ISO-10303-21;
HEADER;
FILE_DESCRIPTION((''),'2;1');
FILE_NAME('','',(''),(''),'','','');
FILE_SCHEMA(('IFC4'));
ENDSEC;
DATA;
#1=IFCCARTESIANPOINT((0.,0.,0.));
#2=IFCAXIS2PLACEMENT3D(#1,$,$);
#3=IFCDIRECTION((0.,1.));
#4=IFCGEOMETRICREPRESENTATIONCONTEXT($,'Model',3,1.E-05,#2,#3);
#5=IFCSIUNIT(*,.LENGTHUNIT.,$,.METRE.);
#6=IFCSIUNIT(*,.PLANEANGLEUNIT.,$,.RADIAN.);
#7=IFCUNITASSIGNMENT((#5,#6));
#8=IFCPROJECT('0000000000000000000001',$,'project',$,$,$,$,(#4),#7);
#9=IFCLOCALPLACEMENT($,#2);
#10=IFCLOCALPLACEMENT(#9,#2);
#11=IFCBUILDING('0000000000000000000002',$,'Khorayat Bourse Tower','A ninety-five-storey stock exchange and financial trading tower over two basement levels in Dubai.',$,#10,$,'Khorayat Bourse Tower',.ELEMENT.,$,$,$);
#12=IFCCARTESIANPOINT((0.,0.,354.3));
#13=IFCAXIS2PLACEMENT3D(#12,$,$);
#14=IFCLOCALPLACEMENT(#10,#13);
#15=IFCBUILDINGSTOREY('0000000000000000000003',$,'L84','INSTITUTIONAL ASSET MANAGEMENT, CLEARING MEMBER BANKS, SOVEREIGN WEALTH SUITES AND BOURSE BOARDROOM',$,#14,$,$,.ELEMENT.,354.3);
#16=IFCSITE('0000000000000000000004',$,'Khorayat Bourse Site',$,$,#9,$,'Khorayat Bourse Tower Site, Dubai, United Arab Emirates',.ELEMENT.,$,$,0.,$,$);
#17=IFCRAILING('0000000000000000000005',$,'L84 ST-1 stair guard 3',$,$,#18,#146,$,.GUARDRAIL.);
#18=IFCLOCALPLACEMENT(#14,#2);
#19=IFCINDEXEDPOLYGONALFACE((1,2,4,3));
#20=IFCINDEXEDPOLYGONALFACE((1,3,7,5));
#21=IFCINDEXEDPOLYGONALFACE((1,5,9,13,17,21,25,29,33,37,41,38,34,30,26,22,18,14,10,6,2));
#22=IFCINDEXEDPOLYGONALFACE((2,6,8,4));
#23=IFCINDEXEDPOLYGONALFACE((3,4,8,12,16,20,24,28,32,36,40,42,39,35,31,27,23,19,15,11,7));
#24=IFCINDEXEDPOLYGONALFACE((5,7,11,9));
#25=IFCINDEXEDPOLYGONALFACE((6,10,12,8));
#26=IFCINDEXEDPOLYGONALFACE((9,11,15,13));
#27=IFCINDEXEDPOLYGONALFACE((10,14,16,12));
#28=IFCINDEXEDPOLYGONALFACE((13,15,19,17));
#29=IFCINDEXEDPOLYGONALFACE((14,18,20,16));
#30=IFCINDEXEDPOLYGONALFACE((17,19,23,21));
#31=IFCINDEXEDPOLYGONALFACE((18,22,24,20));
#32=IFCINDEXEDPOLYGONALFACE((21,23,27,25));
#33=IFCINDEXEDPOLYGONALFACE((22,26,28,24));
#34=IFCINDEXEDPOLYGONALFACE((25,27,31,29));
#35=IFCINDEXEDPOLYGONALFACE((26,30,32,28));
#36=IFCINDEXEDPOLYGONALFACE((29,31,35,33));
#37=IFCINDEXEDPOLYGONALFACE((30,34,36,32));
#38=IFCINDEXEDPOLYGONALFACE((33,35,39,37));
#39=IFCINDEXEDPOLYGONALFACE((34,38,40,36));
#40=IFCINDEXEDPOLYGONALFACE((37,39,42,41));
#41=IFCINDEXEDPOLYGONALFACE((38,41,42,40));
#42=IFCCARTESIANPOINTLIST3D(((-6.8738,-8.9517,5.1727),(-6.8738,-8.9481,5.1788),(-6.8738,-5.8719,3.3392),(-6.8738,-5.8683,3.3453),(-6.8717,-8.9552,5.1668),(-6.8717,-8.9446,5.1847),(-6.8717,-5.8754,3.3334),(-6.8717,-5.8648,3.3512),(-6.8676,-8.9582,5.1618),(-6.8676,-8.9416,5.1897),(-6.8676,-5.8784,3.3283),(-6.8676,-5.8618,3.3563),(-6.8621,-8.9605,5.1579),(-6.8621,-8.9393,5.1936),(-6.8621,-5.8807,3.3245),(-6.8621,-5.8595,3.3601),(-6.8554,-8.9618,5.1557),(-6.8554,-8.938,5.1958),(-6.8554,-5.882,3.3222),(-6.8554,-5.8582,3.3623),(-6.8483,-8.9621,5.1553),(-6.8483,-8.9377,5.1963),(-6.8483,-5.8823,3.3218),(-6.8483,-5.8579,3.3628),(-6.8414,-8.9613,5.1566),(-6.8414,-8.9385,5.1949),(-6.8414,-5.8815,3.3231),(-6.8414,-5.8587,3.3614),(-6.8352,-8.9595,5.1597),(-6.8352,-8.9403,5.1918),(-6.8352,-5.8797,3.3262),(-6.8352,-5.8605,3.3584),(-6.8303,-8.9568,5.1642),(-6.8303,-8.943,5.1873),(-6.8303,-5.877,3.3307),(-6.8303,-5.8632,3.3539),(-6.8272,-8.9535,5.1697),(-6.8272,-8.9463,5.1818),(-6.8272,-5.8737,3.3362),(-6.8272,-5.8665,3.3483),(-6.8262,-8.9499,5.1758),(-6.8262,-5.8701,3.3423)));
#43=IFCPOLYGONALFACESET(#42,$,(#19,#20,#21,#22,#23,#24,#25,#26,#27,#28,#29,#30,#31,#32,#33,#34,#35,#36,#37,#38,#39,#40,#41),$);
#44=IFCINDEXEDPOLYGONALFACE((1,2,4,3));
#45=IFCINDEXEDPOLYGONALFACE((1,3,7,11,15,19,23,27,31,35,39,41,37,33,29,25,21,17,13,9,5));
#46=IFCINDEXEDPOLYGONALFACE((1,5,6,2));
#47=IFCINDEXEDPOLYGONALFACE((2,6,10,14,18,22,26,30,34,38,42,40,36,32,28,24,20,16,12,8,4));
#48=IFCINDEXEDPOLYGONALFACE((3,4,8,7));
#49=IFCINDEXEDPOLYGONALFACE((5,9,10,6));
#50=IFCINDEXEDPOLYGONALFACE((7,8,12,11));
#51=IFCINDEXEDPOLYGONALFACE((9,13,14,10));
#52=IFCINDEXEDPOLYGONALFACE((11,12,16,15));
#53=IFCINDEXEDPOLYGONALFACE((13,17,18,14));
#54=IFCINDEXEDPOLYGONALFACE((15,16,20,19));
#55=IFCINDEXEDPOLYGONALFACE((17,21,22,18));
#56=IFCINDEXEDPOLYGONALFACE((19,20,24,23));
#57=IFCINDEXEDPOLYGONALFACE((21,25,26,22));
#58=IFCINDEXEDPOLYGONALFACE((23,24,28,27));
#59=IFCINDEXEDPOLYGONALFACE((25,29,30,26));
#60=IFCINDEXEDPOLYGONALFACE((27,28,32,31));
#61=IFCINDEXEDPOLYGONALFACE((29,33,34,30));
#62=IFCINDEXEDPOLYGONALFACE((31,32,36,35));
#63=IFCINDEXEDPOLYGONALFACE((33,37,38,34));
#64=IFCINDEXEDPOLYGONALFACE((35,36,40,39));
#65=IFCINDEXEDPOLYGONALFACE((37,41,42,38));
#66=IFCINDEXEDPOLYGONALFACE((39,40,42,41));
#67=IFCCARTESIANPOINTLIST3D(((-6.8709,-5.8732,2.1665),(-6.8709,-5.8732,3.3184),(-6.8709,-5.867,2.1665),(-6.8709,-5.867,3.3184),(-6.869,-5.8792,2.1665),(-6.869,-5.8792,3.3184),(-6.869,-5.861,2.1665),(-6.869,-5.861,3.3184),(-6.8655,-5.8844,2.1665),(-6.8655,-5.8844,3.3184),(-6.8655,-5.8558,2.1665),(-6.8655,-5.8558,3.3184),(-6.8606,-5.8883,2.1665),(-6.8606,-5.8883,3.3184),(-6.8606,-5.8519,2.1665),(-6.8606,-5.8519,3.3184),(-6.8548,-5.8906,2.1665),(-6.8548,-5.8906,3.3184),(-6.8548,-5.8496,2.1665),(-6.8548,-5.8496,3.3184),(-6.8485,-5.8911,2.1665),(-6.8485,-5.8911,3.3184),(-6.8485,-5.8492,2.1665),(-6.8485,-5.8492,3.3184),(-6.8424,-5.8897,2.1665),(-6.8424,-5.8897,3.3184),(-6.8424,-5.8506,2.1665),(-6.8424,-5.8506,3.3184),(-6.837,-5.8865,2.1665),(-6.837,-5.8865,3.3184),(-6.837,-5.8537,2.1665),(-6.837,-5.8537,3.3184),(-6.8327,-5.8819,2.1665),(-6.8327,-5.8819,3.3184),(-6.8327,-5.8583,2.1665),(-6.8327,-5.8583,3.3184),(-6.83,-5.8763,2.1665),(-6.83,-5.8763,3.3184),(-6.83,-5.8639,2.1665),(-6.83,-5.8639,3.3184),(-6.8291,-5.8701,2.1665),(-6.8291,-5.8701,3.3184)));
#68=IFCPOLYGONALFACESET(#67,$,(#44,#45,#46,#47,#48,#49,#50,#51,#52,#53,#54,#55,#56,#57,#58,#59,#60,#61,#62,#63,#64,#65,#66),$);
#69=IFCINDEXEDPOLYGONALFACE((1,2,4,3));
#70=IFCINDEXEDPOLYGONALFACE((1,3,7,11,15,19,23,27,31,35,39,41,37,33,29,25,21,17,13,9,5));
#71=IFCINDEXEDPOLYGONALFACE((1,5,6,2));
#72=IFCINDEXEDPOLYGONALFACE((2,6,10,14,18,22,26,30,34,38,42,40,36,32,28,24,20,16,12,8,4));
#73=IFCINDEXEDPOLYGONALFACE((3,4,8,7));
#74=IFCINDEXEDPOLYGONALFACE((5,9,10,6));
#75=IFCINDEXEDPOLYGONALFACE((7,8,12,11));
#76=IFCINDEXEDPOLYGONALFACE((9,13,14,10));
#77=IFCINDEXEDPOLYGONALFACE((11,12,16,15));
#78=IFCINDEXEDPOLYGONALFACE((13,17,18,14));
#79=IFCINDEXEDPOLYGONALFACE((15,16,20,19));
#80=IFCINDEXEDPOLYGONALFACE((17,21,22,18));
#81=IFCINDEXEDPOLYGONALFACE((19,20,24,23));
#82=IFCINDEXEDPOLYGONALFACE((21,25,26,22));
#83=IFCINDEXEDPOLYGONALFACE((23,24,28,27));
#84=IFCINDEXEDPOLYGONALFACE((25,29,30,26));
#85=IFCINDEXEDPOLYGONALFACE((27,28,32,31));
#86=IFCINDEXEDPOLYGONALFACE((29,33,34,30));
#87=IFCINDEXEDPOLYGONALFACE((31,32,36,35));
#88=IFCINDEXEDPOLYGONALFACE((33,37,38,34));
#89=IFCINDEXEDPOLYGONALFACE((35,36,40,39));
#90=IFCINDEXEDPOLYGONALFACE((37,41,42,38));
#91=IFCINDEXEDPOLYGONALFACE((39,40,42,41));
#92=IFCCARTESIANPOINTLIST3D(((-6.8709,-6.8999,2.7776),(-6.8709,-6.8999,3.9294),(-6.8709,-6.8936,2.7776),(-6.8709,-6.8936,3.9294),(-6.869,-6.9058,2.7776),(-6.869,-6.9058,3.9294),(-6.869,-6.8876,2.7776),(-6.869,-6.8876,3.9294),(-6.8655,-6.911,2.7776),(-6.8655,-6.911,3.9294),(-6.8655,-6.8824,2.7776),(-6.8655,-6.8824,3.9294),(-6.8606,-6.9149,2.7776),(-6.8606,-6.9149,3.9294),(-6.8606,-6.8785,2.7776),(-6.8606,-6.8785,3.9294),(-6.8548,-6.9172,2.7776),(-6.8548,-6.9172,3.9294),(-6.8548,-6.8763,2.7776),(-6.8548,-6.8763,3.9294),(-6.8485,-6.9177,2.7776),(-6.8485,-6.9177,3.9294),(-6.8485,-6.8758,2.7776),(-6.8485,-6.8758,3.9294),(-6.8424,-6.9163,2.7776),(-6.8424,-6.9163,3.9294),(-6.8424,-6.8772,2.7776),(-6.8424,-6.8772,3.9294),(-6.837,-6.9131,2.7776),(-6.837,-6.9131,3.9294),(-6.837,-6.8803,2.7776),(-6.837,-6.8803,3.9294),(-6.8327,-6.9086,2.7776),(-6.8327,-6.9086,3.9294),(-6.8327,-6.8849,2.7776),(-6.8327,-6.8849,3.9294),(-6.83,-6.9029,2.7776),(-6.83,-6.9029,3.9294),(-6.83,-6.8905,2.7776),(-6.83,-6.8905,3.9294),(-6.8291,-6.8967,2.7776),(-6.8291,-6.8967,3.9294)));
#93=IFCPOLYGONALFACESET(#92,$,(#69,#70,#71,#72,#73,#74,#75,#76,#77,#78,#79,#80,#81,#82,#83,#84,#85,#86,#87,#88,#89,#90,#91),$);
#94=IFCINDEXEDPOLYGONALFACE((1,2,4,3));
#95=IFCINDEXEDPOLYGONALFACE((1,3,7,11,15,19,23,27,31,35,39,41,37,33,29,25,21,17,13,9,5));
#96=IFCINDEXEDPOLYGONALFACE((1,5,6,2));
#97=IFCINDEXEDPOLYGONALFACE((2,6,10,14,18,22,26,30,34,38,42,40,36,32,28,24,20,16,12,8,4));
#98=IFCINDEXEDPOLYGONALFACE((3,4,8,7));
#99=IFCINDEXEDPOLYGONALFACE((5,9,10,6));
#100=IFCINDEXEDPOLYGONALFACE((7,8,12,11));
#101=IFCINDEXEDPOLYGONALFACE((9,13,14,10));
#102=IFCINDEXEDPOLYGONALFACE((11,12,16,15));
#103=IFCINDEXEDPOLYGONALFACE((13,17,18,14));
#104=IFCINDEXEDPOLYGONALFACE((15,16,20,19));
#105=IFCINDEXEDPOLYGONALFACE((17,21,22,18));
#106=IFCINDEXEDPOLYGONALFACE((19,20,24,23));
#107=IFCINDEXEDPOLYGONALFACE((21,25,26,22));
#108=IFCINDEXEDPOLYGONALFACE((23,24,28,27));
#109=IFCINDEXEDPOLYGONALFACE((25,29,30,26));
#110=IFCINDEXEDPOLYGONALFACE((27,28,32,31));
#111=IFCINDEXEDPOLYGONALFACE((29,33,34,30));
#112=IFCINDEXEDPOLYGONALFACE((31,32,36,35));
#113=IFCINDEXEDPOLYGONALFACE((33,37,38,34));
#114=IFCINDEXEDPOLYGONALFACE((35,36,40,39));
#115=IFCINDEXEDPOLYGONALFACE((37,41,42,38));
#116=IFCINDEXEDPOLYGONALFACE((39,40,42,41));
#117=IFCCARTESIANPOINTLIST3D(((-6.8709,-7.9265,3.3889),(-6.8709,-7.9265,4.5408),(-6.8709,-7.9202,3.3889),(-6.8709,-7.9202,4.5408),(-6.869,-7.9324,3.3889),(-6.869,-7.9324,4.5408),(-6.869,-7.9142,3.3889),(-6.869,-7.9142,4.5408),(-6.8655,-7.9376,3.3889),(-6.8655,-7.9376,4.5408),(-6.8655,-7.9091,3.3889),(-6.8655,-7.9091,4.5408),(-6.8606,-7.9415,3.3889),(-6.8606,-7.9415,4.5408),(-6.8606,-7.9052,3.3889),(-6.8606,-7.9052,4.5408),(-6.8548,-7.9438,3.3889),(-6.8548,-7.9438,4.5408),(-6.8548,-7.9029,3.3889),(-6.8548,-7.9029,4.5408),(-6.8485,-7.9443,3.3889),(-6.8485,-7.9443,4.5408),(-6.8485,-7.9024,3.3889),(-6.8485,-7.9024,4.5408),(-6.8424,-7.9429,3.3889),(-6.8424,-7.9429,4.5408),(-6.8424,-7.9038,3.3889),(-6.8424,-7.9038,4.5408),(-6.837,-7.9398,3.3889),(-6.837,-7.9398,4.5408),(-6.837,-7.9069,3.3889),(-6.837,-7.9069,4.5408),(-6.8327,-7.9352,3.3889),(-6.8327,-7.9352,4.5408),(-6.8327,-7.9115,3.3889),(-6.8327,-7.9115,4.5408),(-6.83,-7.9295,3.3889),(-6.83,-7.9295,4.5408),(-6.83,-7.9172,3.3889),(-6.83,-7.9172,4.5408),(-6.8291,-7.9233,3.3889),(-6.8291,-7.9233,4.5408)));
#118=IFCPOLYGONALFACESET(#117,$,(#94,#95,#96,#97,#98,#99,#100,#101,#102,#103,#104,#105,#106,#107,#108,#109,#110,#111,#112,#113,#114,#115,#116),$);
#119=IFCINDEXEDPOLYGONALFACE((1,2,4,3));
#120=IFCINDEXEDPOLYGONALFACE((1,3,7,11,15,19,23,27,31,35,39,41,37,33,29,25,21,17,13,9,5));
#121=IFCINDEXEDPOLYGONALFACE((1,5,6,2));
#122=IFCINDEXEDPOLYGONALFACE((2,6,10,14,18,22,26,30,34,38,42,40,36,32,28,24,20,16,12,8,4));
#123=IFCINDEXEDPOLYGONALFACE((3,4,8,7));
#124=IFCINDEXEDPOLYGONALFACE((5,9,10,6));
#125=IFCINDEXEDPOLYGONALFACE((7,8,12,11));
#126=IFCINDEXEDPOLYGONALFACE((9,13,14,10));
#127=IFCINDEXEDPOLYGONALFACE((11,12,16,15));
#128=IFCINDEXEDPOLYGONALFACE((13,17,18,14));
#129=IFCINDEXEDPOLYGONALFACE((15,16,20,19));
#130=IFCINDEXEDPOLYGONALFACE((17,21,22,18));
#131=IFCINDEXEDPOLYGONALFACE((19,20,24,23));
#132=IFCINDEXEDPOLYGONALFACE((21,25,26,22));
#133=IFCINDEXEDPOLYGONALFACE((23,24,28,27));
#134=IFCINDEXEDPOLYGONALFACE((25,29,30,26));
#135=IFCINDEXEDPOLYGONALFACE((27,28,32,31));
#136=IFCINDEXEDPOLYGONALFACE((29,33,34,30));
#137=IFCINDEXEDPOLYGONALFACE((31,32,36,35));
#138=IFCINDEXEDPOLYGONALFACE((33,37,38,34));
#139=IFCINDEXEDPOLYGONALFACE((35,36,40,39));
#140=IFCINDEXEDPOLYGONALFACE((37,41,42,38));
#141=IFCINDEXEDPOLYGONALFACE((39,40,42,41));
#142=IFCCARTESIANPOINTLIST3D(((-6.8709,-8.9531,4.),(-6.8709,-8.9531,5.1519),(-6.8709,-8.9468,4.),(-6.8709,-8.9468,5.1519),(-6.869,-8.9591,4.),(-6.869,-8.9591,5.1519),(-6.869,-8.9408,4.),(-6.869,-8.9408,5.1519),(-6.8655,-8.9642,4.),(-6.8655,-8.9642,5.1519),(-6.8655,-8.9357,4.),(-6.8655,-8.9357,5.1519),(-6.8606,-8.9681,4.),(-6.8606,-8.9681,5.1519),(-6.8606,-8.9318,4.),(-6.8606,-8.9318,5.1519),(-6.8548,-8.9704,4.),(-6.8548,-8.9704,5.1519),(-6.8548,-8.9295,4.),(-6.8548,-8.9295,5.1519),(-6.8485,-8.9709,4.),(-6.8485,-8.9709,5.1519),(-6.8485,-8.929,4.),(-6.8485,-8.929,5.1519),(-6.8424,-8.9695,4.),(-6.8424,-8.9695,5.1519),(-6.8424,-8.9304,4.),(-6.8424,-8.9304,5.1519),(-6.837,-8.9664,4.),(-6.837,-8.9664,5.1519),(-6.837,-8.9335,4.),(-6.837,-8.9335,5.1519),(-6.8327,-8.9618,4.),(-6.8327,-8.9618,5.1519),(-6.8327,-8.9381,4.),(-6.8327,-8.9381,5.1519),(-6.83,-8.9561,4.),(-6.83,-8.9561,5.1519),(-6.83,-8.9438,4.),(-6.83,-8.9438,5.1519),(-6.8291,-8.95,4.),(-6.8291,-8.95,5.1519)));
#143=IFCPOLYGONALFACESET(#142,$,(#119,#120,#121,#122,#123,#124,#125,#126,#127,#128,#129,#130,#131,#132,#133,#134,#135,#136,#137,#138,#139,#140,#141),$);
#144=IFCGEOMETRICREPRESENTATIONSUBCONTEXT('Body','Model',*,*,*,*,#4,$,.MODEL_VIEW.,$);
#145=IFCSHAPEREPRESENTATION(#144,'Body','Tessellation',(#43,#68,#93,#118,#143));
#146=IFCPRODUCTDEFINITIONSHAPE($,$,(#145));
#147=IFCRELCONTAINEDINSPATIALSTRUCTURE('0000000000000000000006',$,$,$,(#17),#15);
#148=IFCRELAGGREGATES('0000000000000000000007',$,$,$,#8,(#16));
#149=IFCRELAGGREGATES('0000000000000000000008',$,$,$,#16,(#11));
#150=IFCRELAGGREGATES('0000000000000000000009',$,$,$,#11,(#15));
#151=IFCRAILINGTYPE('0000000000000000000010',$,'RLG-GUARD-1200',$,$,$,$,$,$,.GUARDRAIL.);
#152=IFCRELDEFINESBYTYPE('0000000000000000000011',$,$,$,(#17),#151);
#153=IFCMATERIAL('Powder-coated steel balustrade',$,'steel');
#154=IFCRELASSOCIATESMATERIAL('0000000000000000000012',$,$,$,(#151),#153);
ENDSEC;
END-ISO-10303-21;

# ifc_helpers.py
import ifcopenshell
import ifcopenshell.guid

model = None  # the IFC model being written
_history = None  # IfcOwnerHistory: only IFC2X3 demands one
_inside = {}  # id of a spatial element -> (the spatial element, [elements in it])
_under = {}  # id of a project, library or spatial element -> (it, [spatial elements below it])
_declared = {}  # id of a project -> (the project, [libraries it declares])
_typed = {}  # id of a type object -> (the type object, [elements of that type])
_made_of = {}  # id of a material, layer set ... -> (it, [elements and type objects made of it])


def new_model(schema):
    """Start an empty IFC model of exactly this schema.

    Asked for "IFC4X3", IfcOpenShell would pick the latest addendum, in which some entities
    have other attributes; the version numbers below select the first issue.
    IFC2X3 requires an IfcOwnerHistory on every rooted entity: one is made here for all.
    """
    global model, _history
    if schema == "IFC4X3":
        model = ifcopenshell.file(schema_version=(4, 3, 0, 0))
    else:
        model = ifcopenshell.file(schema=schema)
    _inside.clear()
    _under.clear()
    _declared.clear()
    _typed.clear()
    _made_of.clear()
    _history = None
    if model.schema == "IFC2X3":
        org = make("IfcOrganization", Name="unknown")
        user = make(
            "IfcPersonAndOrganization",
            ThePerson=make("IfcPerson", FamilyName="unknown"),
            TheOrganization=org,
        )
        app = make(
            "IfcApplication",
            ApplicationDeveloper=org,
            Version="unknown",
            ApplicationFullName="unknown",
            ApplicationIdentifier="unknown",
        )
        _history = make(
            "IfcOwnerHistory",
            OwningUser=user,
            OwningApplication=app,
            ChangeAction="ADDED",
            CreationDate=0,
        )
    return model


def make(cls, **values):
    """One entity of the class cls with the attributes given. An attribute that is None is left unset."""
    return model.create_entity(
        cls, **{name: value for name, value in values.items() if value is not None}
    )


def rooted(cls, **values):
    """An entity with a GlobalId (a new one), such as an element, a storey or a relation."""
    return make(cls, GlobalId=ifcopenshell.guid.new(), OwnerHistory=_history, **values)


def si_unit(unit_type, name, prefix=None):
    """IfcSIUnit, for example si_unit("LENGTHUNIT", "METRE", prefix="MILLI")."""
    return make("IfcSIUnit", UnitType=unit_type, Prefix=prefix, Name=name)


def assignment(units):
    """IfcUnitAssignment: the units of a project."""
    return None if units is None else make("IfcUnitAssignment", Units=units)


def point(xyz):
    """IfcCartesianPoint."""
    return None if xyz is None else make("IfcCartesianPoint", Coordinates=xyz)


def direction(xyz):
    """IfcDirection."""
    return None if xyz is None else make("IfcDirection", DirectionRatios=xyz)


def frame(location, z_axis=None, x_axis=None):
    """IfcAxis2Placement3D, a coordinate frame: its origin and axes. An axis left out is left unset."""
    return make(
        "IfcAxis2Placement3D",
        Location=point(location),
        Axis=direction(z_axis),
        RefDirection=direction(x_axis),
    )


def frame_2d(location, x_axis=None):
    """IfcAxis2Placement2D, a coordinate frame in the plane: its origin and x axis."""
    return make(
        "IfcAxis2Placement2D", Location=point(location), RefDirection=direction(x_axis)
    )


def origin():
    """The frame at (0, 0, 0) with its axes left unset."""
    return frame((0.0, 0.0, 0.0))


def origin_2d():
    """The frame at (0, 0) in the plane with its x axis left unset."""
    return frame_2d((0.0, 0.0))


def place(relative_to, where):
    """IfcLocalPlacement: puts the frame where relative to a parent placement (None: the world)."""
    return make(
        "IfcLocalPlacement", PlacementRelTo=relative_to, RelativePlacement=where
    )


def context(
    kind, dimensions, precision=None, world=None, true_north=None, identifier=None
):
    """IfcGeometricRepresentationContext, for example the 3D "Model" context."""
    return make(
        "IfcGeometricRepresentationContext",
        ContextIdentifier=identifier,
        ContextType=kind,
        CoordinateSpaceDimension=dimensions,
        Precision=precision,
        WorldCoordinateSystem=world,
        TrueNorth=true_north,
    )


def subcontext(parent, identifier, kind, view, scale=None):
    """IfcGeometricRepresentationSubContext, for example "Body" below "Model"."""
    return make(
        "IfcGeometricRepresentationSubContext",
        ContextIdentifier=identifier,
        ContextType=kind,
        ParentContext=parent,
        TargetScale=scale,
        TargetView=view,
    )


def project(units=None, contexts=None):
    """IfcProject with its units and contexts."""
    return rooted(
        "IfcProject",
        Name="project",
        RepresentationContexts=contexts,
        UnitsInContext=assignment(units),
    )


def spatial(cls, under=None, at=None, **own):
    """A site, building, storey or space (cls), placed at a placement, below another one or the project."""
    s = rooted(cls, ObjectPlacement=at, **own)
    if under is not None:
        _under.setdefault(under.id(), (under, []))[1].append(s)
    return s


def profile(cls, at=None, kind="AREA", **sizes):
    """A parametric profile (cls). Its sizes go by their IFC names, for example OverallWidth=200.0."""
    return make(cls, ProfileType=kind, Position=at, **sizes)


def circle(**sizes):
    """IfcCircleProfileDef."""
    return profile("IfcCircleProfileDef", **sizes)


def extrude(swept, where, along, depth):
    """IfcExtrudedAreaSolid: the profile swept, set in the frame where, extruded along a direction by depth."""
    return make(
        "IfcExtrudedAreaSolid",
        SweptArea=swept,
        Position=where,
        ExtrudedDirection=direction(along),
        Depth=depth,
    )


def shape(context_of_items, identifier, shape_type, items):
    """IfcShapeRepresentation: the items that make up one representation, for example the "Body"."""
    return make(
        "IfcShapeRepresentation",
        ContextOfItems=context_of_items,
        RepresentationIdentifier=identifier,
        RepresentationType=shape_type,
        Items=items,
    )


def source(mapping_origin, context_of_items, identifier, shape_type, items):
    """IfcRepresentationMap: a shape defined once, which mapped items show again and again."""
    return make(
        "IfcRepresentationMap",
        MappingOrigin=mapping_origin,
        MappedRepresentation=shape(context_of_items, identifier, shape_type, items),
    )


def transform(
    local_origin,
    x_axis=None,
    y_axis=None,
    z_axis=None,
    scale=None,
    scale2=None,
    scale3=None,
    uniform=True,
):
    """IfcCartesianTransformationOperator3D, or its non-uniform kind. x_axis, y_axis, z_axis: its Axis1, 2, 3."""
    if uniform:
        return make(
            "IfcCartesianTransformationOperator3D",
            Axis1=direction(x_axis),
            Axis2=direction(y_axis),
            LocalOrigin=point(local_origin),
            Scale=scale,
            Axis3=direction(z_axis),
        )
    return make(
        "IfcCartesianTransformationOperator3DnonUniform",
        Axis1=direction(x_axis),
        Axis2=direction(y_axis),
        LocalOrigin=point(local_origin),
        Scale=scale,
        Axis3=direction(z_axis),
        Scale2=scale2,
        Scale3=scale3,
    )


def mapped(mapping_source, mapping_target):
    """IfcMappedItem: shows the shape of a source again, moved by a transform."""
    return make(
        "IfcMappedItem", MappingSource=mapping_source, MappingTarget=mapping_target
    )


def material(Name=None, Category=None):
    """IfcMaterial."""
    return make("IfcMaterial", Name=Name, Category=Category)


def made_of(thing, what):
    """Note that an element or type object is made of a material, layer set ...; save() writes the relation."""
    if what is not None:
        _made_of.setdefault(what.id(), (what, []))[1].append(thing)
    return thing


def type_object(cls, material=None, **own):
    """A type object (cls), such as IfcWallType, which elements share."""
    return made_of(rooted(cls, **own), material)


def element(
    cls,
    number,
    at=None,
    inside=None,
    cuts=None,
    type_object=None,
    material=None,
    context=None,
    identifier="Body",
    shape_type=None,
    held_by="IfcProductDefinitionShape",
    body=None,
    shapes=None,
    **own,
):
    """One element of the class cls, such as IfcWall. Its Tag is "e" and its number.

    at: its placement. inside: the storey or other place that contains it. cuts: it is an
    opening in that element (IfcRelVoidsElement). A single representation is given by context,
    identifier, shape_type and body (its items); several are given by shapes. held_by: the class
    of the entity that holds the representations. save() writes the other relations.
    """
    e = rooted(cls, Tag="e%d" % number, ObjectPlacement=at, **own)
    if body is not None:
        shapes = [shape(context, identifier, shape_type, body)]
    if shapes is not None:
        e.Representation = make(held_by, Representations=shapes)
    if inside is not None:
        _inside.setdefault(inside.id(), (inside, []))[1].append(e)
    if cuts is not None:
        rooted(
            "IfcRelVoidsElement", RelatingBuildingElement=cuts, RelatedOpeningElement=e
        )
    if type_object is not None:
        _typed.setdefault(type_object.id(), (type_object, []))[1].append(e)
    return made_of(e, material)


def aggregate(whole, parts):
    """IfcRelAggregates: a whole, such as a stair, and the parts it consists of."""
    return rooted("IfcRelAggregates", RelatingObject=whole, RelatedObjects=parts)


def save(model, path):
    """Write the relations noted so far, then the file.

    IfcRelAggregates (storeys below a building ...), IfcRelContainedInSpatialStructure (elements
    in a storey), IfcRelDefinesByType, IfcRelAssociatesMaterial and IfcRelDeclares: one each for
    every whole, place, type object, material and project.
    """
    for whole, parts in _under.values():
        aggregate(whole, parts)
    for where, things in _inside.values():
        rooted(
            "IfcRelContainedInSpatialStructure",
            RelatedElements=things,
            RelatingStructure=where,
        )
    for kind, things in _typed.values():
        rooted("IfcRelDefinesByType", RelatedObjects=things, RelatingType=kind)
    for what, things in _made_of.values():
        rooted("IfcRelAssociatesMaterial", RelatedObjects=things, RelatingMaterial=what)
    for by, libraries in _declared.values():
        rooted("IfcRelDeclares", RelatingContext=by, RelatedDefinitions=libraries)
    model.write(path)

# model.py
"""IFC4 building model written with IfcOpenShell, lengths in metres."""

from ifc_helpers import new_model, si_unit, direction, frame, origin, origin_2d, place, context, subcontext, project, spatial, circle, extrude, source, transform, mapped, material, type_object, element, save


model = new_model("IFC4")

# Units and contexts
model_context = context("Model", 3, precision=1e-05, world=origin(), true_north=direction((0.0, 1.0)))
body_context = subcontext(model_context, "Body", "Model", "MODEL_VIEW")
ifc_project = project(units=[si_unit("LENGTHUNIT", "METRE"), si_unit("PLANEANGLEUNIT", "RADIAN")], contexts=[model_context])

# Site, building, storey
site_placement = place(None, origin())
site = spatial("IfcSite", under=ifc_project, at=site_placement, Name="Khorayat Bourse Site", LongName="Khorayat Bourse Tower Site, Dubai, United Arab Emirates", CompositionType="ELEMENT", RefElevation=0.0)
building_placement = place(site_placement, origin())
building = spatial("IfcBuilding", under=site, at=building_placement, Name="Khorayat Bourse Tower", Description="A ninety-five-storey stock exchange and financial trading tower over two basement levels in Dubai.", LongName="Khorayat Bourse Tower", CompositionType="ELEMENT")
storey_placement = place(building_placement, frame((0.0, 0.0, 354.3)))
storey = spatial("IfcBuildingStorey", under=building, at=storey_placement, Name="L84", Description="INSTITUTIONAL ASSET MANAGEMENT, CLEARING MEMBER BANKS, SOVEREIGN WEALTH SUITES AND BOURSE BOARDROOM", CompositionType="ELEMENT", Elevation=354.3)

# Railing
ifc_material_1 = material(Name="Powder-coated steel balustrade", Category="steel")
railing_type_1 = type_object("IfcRailingType", Name="RLG-GUARD-1200", PredefinedType="GUARDRAIL", material=ifc_material_1)
shared_shape_1 = source(origin(), body_context, "Body", "SweptSolid", [
    extrude(circle(Radius=0.0239, at=origin_2d()), frame((0.0, 0.0, 1.1758), z_axis=(0.0, -0.859261, 0.511538), x_axis=(1.0, 0.0, 0.0)), (0.0, 0.0, 1.0), 3.5842),
    extrude(circle(Radius=0.021, at=origin_2d()), origin(), (0.0, 0.0, 1.0), 1.1519),
    extrude(circle(Radius=0.021, at=origin_2d()), frame((0.0, -1.0266, 0.6111)), (0.0, 0.0, 1.0), 1.1519),
    extrude(circle(Radius=0.021, at=origin_2d()), frame((0.0, -2.0532, 1.2224)), (0.0, 0.0, 1.0), 1.1519),
    extrude(circle(Radius=0.021, at=origin_2d()), frame((0.0, -3.0798, 1.8335)), (0.0, 0.0, 1.0), 1.1519),
])
railing_1_placement = place(storey_placement, frame((-6.8501, -5.8701, 2.1665)))
element("IfcRailing", 1, at=railing_1_placement, inside=storey, type_object=railing_type_1, Name="L84 ST-1 stair guard 3", PredefinedType="GUARDRAIL", context=body_context, shape_type="MappedRepresentation", body=[
    mapped(shared_shape_1, transform((0.0, 0.0, 0.0), scale=1.0)),
])

save(model, "model.ifc")
